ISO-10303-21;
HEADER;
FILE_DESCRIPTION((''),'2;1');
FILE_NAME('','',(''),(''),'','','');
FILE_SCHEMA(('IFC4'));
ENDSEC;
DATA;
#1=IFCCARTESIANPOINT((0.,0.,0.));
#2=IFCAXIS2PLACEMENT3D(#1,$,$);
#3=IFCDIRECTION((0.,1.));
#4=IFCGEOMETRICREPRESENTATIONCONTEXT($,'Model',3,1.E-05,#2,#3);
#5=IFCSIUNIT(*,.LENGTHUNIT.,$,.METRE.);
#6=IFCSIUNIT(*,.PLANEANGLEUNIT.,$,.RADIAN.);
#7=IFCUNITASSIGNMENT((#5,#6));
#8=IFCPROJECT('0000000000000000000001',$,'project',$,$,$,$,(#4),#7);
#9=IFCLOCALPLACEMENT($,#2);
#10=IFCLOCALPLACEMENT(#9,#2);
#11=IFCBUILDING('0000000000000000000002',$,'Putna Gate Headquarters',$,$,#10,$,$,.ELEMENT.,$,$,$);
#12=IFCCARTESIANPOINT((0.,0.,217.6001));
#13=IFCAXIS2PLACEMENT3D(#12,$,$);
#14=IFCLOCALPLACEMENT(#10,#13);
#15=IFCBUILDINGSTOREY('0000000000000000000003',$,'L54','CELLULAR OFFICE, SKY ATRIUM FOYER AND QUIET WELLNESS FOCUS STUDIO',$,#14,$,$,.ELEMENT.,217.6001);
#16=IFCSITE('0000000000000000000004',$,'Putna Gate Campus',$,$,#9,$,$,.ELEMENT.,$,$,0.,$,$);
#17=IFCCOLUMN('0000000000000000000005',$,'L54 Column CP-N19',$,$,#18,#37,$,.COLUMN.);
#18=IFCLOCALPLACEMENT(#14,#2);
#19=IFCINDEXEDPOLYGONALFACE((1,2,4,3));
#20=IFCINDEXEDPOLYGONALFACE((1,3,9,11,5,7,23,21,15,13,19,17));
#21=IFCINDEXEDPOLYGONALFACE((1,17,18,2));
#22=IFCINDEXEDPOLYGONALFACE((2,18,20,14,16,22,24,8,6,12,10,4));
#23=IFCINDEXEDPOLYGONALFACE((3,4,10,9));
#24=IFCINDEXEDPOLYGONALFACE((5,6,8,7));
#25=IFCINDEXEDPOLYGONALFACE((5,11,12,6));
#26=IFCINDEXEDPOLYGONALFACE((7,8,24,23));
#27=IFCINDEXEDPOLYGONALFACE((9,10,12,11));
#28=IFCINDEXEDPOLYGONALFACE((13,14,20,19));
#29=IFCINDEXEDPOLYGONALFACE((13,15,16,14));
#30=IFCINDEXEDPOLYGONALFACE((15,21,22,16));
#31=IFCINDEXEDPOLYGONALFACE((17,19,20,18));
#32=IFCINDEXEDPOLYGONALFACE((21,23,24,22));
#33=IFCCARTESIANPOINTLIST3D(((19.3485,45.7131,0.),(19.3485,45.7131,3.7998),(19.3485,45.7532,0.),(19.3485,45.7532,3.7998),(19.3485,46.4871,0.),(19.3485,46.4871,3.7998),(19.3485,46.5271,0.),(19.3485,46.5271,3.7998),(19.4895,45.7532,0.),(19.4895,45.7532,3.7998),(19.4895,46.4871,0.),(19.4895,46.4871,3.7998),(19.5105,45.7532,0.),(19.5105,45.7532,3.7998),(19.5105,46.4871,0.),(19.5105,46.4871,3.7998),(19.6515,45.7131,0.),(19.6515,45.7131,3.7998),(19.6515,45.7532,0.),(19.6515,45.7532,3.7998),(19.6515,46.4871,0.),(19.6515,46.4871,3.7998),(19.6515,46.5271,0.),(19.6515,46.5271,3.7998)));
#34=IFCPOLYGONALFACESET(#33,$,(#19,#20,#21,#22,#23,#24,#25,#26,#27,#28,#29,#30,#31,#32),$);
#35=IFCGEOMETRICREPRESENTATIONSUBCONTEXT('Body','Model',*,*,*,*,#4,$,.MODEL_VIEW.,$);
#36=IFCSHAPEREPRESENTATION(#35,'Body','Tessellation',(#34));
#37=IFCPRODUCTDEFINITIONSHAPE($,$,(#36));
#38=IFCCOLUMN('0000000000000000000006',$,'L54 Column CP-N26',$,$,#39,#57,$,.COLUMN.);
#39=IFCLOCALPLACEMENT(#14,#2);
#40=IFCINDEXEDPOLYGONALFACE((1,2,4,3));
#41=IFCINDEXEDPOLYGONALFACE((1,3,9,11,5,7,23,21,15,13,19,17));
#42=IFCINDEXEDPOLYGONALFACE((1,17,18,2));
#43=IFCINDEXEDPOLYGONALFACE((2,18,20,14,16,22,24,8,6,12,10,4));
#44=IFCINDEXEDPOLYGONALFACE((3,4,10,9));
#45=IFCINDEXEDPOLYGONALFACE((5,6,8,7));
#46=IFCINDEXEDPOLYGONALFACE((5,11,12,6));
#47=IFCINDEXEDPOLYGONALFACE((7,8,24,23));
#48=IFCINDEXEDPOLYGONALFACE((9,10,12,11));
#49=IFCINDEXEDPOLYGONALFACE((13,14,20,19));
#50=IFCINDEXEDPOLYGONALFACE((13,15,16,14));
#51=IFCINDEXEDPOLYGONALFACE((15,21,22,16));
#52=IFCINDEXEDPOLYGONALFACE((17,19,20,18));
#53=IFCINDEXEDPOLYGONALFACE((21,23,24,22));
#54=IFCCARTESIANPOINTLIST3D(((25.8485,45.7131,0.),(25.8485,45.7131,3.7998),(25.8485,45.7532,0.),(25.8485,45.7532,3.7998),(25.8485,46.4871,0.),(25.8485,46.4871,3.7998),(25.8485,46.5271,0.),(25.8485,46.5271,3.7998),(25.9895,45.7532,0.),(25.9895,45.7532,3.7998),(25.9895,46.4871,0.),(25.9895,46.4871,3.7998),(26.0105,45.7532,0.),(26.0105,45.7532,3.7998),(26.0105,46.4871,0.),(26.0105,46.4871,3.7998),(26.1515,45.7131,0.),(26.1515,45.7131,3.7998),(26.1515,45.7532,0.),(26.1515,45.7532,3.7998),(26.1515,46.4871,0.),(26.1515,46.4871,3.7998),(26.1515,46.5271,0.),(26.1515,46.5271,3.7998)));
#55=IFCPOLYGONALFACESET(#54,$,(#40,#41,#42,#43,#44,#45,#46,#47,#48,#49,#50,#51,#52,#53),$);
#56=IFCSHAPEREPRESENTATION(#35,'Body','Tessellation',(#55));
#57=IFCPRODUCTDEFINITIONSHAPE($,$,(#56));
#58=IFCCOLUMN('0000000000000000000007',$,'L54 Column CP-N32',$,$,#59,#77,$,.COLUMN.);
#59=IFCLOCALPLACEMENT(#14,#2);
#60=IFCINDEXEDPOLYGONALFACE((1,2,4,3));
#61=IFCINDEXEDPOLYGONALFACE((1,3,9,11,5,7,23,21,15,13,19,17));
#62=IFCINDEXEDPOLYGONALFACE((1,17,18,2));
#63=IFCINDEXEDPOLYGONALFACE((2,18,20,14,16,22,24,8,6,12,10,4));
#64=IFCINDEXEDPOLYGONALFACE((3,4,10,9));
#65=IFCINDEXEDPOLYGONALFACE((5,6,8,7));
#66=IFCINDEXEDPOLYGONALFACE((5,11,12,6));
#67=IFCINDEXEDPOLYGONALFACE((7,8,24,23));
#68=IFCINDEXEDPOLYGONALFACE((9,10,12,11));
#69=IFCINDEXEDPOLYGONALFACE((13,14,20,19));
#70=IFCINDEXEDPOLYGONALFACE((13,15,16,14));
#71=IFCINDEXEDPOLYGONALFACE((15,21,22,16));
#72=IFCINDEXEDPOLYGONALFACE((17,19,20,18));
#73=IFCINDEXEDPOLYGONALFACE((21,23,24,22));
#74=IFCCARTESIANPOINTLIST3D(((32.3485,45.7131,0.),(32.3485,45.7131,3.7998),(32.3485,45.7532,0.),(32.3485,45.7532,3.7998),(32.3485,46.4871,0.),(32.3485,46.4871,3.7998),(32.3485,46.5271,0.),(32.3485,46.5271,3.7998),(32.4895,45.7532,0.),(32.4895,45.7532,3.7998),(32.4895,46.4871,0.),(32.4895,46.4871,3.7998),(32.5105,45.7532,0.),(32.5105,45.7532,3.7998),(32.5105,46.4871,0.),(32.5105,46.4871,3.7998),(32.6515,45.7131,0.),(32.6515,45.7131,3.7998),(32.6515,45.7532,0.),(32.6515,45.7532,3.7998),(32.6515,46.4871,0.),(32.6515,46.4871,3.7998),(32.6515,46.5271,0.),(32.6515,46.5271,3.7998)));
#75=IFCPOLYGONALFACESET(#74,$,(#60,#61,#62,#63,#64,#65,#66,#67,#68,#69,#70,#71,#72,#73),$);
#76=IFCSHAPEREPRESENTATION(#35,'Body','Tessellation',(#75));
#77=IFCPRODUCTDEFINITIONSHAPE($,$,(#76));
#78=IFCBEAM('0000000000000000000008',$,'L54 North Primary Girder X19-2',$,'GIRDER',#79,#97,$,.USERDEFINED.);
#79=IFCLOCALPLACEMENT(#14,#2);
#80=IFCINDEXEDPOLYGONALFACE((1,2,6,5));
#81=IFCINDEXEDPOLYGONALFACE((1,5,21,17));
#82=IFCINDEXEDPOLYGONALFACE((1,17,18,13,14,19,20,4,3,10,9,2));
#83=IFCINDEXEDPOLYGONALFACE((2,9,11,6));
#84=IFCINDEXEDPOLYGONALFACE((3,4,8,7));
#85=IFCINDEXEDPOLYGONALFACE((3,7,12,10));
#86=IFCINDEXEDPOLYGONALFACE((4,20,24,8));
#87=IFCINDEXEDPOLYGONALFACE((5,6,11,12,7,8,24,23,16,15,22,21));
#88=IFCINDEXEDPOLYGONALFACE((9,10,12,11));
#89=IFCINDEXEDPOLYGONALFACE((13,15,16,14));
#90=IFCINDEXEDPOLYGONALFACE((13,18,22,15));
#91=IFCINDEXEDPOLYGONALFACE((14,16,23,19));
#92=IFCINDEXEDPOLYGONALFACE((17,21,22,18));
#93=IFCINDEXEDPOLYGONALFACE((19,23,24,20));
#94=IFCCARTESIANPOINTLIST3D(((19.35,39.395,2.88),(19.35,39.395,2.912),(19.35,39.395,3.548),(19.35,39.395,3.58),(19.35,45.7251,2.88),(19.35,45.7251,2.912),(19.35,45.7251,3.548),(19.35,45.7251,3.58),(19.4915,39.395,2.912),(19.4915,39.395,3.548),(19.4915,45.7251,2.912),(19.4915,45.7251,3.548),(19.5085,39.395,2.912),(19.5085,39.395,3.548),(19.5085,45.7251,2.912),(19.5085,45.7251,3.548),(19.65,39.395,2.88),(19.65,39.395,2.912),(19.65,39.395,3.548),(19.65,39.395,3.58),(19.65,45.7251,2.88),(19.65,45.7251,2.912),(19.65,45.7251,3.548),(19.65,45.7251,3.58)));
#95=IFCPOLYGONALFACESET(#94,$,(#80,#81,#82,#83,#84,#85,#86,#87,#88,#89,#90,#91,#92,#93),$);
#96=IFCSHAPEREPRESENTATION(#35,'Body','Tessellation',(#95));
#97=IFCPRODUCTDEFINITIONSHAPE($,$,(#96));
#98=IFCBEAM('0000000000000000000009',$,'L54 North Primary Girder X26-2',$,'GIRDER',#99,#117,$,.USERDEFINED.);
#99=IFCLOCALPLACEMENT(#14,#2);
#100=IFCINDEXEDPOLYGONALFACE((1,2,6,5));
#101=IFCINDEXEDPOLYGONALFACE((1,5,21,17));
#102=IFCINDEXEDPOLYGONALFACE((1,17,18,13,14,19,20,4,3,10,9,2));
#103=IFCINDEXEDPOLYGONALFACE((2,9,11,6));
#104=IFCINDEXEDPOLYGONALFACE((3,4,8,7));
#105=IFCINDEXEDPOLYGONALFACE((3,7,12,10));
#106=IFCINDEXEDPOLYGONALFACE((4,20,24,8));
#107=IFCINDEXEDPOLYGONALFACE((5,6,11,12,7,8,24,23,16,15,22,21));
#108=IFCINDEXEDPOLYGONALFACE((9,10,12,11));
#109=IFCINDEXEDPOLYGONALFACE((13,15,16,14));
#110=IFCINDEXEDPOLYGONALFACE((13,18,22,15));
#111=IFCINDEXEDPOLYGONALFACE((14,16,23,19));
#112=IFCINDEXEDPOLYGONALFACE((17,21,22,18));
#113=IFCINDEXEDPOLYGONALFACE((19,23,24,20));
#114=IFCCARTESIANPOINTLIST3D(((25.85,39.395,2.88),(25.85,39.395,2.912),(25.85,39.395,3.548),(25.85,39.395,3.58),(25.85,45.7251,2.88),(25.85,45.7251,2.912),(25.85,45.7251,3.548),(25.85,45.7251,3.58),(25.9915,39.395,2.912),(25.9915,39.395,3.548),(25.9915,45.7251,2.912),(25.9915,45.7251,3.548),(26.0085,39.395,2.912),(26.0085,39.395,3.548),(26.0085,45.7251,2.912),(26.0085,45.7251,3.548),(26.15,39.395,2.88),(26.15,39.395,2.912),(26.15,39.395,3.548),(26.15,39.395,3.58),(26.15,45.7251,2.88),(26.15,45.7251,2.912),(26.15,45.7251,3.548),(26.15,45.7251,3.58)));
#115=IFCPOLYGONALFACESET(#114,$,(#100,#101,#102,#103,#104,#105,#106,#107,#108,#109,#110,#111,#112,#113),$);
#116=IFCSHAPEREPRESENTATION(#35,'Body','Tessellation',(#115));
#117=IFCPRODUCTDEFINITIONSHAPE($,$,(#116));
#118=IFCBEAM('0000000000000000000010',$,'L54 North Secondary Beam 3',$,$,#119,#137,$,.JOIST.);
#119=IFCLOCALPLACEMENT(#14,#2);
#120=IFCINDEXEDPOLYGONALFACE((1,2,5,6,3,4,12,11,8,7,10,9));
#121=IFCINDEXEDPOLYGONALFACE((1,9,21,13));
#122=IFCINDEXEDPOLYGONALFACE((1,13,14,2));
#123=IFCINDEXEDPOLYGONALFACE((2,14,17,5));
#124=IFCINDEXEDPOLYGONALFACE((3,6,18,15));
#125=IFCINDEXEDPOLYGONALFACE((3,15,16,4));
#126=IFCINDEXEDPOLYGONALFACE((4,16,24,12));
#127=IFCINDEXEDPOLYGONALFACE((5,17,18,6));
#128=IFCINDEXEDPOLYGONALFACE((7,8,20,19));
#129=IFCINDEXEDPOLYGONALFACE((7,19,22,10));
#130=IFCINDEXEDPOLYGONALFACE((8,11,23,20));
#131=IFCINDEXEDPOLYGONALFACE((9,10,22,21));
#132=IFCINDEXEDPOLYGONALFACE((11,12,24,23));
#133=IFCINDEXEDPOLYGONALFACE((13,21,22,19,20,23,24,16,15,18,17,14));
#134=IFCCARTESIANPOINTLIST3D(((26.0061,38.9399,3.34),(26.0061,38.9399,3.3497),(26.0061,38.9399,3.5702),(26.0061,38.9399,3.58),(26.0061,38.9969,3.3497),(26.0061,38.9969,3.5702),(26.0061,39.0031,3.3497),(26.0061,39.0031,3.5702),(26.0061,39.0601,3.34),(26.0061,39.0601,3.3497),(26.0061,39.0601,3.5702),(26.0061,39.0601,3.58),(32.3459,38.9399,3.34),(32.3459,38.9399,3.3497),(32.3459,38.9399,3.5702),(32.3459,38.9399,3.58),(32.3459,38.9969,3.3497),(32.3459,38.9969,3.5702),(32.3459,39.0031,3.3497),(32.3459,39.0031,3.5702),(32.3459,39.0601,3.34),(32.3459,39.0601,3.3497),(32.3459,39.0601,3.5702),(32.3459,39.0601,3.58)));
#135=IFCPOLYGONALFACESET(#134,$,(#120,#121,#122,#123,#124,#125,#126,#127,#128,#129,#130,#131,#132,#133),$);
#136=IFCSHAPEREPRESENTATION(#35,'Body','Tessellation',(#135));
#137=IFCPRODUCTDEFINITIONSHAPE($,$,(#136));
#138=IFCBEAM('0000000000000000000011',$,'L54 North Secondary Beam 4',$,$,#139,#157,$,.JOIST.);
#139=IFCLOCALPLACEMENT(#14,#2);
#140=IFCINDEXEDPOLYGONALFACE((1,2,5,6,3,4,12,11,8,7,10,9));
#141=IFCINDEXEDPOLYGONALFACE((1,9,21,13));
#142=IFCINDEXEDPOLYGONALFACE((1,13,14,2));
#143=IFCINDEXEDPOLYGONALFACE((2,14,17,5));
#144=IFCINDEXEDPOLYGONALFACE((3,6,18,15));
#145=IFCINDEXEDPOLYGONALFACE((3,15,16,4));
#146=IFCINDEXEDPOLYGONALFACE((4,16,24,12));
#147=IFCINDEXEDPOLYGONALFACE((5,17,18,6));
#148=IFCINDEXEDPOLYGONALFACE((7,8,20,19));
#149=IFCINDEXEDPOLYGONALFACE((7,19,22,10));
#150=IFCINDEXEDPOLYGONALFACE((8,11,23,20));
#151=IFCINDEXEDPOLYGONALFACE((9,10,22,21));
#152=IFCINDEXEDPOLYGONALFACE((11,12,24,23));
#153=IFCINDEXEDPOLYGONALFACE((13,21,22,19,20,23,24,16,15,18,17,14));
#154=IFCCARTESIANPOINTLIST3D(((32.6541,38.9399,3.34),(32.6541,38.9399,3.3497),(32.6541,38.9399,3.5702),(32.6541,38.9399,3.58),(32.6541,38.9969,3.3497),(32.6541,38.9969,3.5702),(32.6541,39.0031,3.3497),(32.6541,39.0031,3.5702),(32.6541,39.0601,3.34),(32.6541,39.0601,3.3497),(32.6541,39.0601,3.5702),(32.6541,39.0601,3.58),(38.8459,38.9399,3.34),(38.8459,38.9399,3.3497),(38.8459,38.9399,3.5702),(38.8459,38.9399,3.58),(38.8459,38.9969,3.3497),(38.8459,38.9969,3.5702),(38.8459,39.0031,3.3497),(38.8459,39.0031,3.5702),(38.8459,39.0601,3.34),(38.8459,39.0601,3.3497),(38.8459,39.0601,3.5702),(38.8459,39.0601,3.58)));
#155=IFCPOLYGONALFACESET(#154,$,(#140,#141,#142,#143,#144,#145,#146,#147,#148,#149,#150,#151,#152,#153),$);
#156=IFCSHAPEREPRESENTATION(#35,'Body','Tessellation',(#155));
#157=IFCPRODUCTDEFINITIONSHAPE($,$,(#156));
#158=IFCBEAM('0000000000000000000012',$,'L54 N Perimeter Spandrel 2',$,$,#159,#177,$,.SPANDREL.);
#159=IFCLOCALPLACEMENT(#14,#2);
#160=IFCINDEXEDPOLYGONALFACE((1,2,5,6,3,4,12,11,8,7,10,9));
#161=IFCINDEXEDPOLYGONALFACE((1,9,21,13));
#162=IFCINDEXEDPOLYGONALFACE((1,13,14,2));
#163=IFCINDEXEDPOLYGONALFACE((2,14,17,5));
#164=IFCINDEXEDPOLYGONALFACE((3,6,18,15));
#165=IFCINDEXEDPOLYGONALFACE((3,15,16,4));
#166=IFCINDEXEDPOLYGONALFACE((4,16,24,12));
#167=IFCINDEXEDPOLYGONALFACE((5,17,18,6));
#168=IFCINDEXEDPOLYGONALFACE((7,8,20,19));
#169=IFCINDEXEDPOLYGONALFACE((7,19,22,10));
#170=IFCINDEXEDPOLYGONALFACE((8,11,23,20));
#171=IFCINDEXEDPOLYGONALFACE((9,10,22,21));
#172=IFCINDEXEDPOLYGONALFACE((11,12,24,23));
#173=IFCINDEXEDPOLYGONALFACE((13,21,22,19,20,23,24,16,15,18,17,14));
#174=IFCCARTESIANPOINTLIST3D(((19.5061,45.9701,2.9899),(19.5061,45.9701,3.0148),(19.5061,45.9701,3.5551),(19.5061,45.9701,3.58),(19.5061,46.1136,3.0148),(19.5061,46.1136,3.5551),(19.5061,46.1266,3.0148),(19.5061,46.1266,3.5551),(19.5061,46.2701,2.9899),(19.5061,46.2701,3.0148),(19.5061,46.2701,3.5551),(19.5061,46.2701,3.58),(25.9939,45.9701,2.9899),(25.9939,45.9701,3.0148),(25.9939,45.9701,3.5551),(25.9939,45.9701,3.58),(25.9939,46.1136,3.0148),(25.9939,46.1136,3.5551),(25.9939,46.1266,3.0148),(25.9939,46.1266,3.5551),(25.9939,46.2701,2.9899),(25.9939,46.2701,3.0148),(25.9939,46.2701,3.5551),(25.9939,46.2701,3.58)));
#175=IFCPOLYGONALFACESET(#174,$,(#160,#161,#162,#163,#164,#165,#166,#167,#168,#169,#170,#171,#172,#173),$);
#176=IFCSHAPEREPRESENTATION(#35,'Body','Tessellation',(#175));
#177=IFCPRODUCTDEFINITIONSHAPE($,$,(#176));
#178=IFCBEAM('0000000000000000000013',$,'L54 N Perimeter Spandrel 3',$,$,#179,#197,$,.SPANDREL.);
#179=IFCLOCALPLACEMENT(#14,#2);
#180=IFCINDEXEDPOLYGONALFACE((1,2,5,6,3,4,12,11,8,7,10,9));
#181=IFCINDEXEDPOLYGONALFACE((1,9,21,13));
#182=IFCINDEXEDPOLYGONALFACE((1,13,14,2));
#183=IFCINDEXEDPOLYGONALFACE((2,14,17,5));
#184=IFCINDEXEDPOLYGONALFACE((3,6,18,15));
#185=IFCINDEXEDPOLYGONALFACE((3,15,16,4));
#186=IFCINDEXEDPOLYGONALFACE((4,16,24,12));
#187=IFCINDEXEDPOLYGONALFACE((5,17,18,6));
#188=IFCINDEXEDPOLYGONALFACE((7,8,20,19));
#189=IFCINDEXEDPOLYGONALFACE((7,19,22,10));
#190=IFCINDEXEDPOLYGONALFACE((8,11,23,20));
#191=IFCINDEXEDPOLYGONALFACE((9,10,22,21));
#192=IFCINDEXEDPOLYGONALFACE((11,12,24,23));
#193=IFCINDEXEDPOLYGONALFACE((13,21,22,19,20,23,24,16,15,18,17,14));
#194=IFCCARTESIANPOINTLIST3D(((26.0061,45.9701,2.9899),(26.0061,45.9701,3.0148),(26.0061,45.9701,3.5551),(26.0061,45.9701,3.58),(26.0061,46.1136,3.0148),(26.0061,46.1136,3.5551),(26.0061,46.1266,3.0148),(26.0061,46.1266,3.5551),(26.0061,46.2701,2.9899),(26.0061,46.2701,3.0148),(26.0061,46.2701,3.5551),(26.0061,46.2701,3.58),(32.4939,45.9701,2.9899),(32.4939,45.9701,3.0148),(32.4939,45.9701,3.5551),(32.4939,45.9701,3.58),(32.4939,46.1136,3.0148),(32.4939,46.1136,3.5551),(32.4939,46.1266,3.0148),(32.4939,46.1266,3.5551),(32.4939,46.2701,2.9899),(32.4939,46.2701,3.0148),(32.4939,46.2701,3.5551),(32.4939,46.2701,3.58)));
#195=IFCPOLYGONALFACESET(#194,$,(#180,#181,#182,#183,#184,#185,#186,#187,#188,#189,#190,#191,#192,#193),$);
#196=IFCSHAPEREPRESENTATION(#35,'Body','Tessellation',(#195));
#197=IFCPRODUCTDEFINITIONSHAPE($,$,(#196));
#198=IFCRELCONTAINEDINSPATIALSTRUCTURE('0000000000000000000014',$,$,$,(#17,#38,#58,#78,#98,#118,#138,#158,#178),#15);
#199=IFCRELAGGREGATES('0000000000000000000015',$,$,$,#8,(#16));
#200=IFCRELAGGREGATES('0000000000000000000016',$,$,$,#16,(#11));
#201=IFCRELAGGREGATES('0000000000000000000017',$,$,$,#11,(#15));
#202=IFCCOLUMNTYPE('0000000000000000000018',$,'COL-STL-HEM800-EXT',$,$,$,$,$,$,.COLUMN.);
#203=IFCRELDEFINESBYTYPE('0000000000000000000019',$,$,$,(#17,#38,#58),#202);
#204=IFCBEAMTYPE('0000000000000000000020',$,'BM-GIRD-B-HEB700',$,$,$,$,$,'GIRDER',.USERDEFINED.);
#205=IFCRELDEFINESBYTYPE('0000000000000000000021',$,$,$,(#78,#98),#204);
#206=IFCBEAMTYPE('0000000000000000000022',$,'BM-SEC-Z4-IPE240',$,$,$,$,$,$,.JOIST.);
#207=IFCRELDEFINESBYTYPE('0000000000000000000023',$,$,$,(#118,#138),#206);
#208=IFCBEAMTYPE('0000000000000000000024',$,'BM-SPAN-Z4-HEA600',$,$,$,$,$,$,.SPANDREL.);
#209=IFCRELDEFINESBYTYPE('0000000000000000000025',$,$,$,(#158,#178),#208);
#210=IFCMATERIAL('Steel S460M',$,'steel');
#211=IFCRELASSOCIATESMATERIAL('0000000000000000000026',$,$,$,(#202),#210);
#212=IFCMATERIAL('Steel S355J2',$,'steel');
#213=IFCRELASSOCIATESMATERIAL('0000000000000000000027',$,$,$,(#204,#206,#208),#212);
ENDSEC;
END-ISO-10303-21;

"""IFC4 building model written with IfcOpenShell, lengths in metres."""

from ifc_helpers import new_model, si_unit, direction, frame, origin, origin_2d, place, context, subcontext, project, spatial, i_section, extrude, material, material_profile, profile_set, type_object, element, save


model = new_model("IFC4")

# Units and contexts
model_context = context("Model", 3, precision=1e-05, world=origin(), true_north=direction((0.0, 1.0)))
body_context = subcontext(model_context, "Body", "Model", "MODEL_VIEW")
ifc_project = project(units=[si_unit("LENGTHUNIT", "METRE"), si_unit("PLANEANGLEUNIT", "RADIAN")], contexts=[model_context])

# Site, building, storey
site_placement = place(None, origin())
site = spatial("IfcSite", under=ifc_project, at=site_placement, Name="Putna Gate Campus", CompositionType="ELEMENT", RefElevation=0.0)
building_placement = place(site_placement, origin())
building = spatial("IfcBuilding", under=site, at=building_placement, Name="Putna Gate Headquarters", CompositionType="ELEMENT")
storey_placement = place(building_placement, frame((0.0, 0.0, 217.6001)))
storey = spatial("IfcBuildingStorey", under=building, at=storey_placement, Name="L54", Description="CELLULAR OFFICE, SKY ATRIUM FOYER AND QUIET WELLNESS FOCUS STUDIO", CompositionType="ELEMENT", Elevation=217.6001)

# Columns
ifc_material_1 = material(Name="Steel S460M", Category="steel")
ifc_material_profile_1 = material_profile(ifc_material_1, i_section(OverallWidth=0.303, OverallDepth=0.814, WebThickness=0.021, FlangeThickness=0.04, at=origin_2d()), Name="Steel S460M")
ifc_profile_set_1 = profile_set([ifc_material_profile_1], Name="Steel S460M")
column_type = type_object("IfcColumnType", Name="COL-STL-HEM800-EXT", PredefinedType="COLUMN", material=ifc_profile_set_1)
for number, where, z_axis, x_axis, name in (
    (1, (19.5, 46.1201, 0.0), (0.0, 0.0, 1.0), (1.0, 0.0, 0.0), "L54 Column CP-N19"),
    (2, (26.0, 46.1201, 0.0), (0.0, 0.0, 1.0), (1.0, 0.0, 0.0), "L54 Column CP-N26"),
    (3, (32.5, 46.1201, 0.0), (0.0, 0.0, 1.0), (1.0, 0.0, 0.0), "L54 Column CP-N32"),
):
    element("IfcColumn", number, at=place(storey_placement, frame(where, z_axis=z_axis, x_axis=x_axis)), inside=storey, type_object=column_type, Name=name, PredefinedType="COLUMN", context=body_context, shape_type="SweptSolid", body=[
        extrude(i_section(OverallWidth=0.303, OverallDepth=0.814, WebThickness=0.021, FlangeThickness=0.04, at=origin_2d()), origin(), (0.0, 0.0, 1.0), 3.7998),
    ])

# Beams
ifc_material_2 = material(Name="Steel S355J2", Category="steel")
ifc_material_profile_2 = material_profile(ifc_material_2, i_section(OverallWidth=0.3, OverallDepth=0.7, WebThickness=0.0171, FlangeThickness=0.032, at=origin_2d()), Name="Steel S355J2")
ifc_profile_set_2 = profile_set([ifc_material_profile_2], Name="Steel S355J2")
beam_type_1 = type_object("IfcBeamType", Name="BM-GIRD-B-HEB700", ElementType="GIRDER", PredefinedType="USERDEFINED", material=ifc_profile_set_2)
for number, where, z_axis, x_axis, name in (
    (4, (19.5, 39.395, 3.23), (0.0, 1.0, 0.0), (-1.0, 0.0, 0.0), "L54 North Primary Girder X19-2"),
    (5, (26.0, 39.395, 3.23), (0.0, 1.0, 0.0), (-1.0, 0.0, 0.0), "L54 North Primary Girder X26-2"),
):
    element("IfcBeam", number, at=place(storey_placement, frame(where, z_axis=z_axis, x_axis=x_axis)), inside=storey, type_object=beam_type_1, Name=name, ObjectType="GIRDER", PredefinedType="USERDEFINED", context=body_context, shape_type="SweptSolid", body=[
        extrude(i_section(OverallWidth=0.3, OverallDepth=0.7, WebThickness=0.0171, FlangeThickness=0.032, at=origin_2d()), origin(), (0.0, 0.0, 1.0), 6.3301),
    ])
ifc_material_profile_3 = material_profile(ifc_material_2, i_section(OverallWidth=0.1201, OverallDepth=0.24, WebThickness=0.0061, FlangeThickness=0.0098, at=origin_2d()), Name="Steel S355J2")
ifc_profile_set_3 = profile_set([ifc_material_profile_3], Name="Steel S355J2")
beam_type_2 = type_object("IfcBeamType", Name="BM-SEC-Z4-IPE240", PredefinedType="JOIST", material=ifc_profile_set_3)
beam_1_placement = place(storey_placement, frame((26.0061, 39.0, 3.46), z_axis=(1.0, 0.0, 0.0), x_axis=(0.0, 1.0, 0.0)))
element("IfcBeam", 6, at=beam_1_placement, inside=storey, type_object=beam_type_2, Name="L54 North Secondary Beam 3", PredefinedType="JOIST", context=body_context, shape_type="SweptSolid", body=[
    extrude(i_section(OverallWidth=0.1201, OverallDepth=0.24, WebThickness=0.0061, FlangeThickness=0.0098, at=origin_2d()), origin(), (0.0, 0.0, 1.0), 6.3398),
])
beam_2_placement = place(storey_placement, frame((32.6541, 39.0, 3.46), z_axis=(1.0, 0.0, 0.0), x_axis=(0.0, 1.0, 0.0)))
element("IfcBeam", 7, at=beam_2_placement, inside=storey, type_object=beam_type_2, Name="L54 North Secondary Beam 4", PredefinedType="JOIST", context=body_context, shape_type="SweptSolid", body=[
    extrude(i_section(OverallWidth=0.1201, OverallDepth=0.24, WebThickness=0.0061, FlangeThickness=0.0098, at=origin_2d()), origin(), (0.0, 0.0, 1.0), 6.1919),
])
ifc_material_profile_4 = material_profile(ifc_material_2, i_section(OverallWidth=0.3, OverallDepth=0.5901, WebThickness=0.0129, FlangeThickness=0.0249, at=origin_2d()), Name="Steel S355J2")
ifc_profile_set_4 = profile_set([ifc_material_profile_4], Name="Steel S355J2")
beam_type_3 = type_object("IfcBeamType", Name="BM-SPAN-Z4-HEA600", PredefinedType="SPANDREL", material=ifc_profile_set_4)
for number, where, z_axis, x_axis, name in (
    (8, (19.5061, 46.1201, 3.2849), (1.0, 0.0, 0.0), (0.0, 1.0, 0.0), "L54 N Perimeter Spandrel 2"),
    (9, (26.0061, 46.1201, 3.2849), (1.0, 0.0, 0.0), (0.0, 1.0, 0.0), "L54 N Perimeter Spandrel 3"),
):
    element("IfcBeam", number, at=place(storey_placement, frame(where, z_axis=z_axis, x_axis=x_axis)), inside=storey, type_object=beam_type_3, Name=name, PredefinedType="SPANDREL", context=body_context, shape_type="SweptSolid", body=[
        extrude(i_section(OverallWidth=0.3, OverallDepth=0.5901, WebThickness=0.0129, FlangeThickness=0.0249, at=origin_2d()), origin(), (0.0, 0.0, 1.0), 6.4878),
    ])

save(model, "model.ifc")
